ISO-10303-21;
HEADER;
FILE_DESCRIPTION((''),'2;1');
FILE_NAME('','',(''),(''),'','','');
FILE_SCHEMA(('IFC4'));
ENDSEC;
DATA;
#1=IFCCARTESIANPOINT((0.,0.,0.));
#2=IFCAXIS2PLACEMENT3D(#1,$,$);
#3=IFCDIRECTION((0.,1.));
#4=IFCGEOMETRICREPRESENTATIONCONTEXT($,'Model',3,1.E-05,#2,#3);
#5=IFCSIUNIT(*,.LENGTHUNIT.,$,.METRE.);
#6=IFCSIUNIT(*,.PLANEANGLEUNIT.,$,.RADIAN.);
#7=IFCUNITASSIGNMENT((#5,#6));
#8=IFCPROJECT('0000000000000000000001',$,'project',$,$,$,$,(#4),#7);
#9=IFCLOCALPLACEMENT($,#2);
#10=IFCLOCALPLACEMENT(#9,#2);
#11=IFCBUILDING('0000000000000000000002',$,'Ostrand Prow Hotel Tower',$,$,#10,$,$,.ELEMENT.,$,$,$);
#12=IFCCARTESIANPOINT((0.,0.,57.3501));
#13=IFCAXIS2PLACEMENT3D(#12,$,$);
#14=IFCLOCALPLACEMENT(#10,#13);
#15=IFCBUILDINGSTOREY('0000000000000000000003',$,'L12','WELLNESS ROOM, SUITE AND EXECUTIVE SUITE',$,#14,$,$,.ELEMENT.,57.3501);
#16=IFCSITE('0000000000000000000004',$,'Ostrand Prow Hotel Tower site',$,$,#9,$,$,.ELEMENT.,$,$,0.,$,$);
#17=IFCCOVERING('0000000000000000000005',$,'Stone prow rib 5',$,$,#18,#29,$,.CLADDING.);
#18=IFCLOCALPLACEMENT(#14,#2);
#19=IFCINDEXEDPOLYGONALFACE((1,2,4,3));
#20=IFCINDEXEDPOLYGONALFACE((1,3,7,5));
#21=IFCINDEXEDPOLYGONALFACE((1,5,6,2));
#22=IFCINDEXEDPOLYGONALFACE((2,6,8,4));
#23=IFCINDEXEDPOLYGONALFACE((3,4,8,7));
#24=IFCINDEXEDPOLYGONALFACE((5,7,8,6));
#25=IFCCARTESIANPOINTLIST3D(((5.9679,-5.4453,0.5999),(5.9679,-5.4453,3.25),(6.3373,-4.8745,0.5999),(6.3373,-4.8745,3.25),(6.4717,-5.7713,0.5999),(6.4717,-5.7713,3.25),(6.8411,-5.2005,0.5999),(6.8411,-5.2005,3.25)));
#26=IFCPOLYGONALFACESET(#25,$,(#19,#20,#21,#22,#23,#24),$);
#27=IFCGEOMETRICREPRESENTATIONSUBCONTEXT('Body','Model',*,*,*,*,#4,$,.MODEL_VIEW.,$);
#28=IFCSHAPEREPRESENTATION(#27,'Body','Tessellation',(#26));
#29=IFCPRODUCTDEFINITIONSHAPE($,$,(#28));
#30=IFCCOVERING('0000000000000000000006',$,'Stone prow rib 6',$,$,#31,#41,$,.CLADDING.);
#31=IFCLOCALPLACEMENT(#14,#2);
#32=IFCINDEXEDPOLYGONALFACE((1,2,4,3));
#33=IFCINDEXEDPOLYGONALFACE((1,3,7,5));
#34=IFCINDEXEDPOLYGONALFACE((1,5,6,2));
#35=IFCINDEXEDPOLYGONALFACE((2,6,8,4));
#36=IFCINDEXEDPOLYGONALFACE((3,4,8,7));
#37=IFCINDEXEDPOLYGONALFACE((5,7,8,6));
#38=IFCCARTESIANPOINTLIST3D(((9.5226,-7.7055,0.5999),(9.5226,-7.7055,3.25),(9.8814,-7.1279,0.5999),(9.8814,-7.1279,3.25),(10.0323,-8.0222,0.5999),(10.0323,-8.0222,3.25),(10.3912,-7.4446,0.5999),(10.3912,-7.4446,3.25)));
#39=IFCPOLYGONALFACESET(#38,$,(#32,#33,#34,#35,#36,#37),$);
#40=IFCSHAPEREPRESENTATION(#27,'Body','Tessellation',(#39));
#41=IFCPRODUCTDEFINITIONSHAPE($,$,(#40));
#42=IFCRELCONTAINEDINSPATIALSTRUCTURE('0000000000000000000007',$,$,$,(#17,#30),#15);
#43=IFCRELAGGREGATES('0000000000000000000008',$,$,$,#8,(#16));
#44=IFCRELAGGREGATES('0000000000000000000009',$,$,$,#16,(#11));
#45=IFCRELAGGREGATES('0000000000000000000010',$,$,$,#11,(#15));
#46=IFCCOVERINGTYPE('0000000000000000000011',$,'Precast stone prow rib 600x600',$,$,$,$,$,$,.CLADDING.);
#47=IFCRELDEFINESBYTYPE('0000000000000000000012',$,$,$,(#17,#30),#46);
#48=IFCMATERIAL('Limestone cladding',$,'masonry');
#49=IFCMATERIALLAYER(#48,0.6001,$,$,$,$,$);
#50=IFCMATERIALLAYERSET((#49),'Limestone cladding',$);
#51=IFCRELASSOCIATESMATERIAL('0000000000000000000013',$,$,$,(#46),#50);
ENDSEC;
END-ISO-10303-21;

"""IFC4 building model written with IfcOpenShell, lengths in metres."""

from ifc_helpers import new_model, si_unit, direction, frame, frame_2d, origin, place, context, subcontext, project, spatial, rectangle, extrude, material, layer, layer_set, type_object, element, save


model = new_model("IFC4")

# Units and contexts
model_context = context("Model", 3, precision=1e-05, world=origin(), true_north=direction((0.0, 1.0)))
body_context = subcontext(model_context, "Body", "Model", "MODEL_VIEW")
ifc_project = project(units=[si_unit("LENGTHUNIT", "METRE"), si_unit("PLANEANGLEUNIT", "RADIAN")], contexts=[model_context])

# Site, building, storey
site_placement = place(None, origin())
site = spatial("IfcSite", under=ifc_project, at=site_placement, Name="Ostrand Prow Hotel Tower site", CompositionType="ELEMENT", RefElevation=0.0)
building_placement = place(site_placement, origin())
building = spatial("IfcBuilding", under=site, at=building_placement, Name="Ostrand Prow Hotel Tower", CompositionType="ELEMENT")
storey_placement = place(building_placement, frame((0.0, 0.0, 57.3501)))
storey = spatial("IfcBuildingStorey", under=building, at=storey_placement, Name="L12", Description="WELLNESS ROOM, SUITE AND EXECUTIVE SUITE", CompositionType="ELEMENT", Elevation=57.3501)

# Coverings
ifc_material_1 = material(Name="Limestone cladding", Category="masonry")
ifc_layer_1 = layer(ifc_material_1, 0.6001)
ifc_layer_set_1 = layer_set([ifc_layer_1], Name="Limestone cladding")
covering_type_1 = type_object("IfcCoveringType", Name="Precast stone prow rib 600x600", PredefinedType="CLADDING", material=ifc_layer_set_1)
for number, where, z_axis, x_axis, name in (
    (1, (6.5891, -5.0376, 0.5999), (0.0, 0.0, 1.0), (-0.543296, -0.839541, 0.0), "Stone prow rib 5"),
    (2, (10.1362, -7.2864, 0.5999), (0.0, 0.0, 1.0), (-0.527738, -0.849407, 0.0), "Stone prow rib 6"),
):
    element("IfcCovering", number, at=place(storey_placement, frame(where, z_axis=z_axis, x_axis=x_axis)), inside=storey, type_object=covering_type_1, Name=name, PredefinedType="CLADDING", context=body_context, shape_type="SweptSolid", body=[
        extrude(rectangle(XDim=0.6799, YDim=0.6001, at=frame_2d((0.3398, 0.0))), origin(), (0.0, 0.0, 1.0), 2.6501),
    ])

save(model, "model.ifc")
